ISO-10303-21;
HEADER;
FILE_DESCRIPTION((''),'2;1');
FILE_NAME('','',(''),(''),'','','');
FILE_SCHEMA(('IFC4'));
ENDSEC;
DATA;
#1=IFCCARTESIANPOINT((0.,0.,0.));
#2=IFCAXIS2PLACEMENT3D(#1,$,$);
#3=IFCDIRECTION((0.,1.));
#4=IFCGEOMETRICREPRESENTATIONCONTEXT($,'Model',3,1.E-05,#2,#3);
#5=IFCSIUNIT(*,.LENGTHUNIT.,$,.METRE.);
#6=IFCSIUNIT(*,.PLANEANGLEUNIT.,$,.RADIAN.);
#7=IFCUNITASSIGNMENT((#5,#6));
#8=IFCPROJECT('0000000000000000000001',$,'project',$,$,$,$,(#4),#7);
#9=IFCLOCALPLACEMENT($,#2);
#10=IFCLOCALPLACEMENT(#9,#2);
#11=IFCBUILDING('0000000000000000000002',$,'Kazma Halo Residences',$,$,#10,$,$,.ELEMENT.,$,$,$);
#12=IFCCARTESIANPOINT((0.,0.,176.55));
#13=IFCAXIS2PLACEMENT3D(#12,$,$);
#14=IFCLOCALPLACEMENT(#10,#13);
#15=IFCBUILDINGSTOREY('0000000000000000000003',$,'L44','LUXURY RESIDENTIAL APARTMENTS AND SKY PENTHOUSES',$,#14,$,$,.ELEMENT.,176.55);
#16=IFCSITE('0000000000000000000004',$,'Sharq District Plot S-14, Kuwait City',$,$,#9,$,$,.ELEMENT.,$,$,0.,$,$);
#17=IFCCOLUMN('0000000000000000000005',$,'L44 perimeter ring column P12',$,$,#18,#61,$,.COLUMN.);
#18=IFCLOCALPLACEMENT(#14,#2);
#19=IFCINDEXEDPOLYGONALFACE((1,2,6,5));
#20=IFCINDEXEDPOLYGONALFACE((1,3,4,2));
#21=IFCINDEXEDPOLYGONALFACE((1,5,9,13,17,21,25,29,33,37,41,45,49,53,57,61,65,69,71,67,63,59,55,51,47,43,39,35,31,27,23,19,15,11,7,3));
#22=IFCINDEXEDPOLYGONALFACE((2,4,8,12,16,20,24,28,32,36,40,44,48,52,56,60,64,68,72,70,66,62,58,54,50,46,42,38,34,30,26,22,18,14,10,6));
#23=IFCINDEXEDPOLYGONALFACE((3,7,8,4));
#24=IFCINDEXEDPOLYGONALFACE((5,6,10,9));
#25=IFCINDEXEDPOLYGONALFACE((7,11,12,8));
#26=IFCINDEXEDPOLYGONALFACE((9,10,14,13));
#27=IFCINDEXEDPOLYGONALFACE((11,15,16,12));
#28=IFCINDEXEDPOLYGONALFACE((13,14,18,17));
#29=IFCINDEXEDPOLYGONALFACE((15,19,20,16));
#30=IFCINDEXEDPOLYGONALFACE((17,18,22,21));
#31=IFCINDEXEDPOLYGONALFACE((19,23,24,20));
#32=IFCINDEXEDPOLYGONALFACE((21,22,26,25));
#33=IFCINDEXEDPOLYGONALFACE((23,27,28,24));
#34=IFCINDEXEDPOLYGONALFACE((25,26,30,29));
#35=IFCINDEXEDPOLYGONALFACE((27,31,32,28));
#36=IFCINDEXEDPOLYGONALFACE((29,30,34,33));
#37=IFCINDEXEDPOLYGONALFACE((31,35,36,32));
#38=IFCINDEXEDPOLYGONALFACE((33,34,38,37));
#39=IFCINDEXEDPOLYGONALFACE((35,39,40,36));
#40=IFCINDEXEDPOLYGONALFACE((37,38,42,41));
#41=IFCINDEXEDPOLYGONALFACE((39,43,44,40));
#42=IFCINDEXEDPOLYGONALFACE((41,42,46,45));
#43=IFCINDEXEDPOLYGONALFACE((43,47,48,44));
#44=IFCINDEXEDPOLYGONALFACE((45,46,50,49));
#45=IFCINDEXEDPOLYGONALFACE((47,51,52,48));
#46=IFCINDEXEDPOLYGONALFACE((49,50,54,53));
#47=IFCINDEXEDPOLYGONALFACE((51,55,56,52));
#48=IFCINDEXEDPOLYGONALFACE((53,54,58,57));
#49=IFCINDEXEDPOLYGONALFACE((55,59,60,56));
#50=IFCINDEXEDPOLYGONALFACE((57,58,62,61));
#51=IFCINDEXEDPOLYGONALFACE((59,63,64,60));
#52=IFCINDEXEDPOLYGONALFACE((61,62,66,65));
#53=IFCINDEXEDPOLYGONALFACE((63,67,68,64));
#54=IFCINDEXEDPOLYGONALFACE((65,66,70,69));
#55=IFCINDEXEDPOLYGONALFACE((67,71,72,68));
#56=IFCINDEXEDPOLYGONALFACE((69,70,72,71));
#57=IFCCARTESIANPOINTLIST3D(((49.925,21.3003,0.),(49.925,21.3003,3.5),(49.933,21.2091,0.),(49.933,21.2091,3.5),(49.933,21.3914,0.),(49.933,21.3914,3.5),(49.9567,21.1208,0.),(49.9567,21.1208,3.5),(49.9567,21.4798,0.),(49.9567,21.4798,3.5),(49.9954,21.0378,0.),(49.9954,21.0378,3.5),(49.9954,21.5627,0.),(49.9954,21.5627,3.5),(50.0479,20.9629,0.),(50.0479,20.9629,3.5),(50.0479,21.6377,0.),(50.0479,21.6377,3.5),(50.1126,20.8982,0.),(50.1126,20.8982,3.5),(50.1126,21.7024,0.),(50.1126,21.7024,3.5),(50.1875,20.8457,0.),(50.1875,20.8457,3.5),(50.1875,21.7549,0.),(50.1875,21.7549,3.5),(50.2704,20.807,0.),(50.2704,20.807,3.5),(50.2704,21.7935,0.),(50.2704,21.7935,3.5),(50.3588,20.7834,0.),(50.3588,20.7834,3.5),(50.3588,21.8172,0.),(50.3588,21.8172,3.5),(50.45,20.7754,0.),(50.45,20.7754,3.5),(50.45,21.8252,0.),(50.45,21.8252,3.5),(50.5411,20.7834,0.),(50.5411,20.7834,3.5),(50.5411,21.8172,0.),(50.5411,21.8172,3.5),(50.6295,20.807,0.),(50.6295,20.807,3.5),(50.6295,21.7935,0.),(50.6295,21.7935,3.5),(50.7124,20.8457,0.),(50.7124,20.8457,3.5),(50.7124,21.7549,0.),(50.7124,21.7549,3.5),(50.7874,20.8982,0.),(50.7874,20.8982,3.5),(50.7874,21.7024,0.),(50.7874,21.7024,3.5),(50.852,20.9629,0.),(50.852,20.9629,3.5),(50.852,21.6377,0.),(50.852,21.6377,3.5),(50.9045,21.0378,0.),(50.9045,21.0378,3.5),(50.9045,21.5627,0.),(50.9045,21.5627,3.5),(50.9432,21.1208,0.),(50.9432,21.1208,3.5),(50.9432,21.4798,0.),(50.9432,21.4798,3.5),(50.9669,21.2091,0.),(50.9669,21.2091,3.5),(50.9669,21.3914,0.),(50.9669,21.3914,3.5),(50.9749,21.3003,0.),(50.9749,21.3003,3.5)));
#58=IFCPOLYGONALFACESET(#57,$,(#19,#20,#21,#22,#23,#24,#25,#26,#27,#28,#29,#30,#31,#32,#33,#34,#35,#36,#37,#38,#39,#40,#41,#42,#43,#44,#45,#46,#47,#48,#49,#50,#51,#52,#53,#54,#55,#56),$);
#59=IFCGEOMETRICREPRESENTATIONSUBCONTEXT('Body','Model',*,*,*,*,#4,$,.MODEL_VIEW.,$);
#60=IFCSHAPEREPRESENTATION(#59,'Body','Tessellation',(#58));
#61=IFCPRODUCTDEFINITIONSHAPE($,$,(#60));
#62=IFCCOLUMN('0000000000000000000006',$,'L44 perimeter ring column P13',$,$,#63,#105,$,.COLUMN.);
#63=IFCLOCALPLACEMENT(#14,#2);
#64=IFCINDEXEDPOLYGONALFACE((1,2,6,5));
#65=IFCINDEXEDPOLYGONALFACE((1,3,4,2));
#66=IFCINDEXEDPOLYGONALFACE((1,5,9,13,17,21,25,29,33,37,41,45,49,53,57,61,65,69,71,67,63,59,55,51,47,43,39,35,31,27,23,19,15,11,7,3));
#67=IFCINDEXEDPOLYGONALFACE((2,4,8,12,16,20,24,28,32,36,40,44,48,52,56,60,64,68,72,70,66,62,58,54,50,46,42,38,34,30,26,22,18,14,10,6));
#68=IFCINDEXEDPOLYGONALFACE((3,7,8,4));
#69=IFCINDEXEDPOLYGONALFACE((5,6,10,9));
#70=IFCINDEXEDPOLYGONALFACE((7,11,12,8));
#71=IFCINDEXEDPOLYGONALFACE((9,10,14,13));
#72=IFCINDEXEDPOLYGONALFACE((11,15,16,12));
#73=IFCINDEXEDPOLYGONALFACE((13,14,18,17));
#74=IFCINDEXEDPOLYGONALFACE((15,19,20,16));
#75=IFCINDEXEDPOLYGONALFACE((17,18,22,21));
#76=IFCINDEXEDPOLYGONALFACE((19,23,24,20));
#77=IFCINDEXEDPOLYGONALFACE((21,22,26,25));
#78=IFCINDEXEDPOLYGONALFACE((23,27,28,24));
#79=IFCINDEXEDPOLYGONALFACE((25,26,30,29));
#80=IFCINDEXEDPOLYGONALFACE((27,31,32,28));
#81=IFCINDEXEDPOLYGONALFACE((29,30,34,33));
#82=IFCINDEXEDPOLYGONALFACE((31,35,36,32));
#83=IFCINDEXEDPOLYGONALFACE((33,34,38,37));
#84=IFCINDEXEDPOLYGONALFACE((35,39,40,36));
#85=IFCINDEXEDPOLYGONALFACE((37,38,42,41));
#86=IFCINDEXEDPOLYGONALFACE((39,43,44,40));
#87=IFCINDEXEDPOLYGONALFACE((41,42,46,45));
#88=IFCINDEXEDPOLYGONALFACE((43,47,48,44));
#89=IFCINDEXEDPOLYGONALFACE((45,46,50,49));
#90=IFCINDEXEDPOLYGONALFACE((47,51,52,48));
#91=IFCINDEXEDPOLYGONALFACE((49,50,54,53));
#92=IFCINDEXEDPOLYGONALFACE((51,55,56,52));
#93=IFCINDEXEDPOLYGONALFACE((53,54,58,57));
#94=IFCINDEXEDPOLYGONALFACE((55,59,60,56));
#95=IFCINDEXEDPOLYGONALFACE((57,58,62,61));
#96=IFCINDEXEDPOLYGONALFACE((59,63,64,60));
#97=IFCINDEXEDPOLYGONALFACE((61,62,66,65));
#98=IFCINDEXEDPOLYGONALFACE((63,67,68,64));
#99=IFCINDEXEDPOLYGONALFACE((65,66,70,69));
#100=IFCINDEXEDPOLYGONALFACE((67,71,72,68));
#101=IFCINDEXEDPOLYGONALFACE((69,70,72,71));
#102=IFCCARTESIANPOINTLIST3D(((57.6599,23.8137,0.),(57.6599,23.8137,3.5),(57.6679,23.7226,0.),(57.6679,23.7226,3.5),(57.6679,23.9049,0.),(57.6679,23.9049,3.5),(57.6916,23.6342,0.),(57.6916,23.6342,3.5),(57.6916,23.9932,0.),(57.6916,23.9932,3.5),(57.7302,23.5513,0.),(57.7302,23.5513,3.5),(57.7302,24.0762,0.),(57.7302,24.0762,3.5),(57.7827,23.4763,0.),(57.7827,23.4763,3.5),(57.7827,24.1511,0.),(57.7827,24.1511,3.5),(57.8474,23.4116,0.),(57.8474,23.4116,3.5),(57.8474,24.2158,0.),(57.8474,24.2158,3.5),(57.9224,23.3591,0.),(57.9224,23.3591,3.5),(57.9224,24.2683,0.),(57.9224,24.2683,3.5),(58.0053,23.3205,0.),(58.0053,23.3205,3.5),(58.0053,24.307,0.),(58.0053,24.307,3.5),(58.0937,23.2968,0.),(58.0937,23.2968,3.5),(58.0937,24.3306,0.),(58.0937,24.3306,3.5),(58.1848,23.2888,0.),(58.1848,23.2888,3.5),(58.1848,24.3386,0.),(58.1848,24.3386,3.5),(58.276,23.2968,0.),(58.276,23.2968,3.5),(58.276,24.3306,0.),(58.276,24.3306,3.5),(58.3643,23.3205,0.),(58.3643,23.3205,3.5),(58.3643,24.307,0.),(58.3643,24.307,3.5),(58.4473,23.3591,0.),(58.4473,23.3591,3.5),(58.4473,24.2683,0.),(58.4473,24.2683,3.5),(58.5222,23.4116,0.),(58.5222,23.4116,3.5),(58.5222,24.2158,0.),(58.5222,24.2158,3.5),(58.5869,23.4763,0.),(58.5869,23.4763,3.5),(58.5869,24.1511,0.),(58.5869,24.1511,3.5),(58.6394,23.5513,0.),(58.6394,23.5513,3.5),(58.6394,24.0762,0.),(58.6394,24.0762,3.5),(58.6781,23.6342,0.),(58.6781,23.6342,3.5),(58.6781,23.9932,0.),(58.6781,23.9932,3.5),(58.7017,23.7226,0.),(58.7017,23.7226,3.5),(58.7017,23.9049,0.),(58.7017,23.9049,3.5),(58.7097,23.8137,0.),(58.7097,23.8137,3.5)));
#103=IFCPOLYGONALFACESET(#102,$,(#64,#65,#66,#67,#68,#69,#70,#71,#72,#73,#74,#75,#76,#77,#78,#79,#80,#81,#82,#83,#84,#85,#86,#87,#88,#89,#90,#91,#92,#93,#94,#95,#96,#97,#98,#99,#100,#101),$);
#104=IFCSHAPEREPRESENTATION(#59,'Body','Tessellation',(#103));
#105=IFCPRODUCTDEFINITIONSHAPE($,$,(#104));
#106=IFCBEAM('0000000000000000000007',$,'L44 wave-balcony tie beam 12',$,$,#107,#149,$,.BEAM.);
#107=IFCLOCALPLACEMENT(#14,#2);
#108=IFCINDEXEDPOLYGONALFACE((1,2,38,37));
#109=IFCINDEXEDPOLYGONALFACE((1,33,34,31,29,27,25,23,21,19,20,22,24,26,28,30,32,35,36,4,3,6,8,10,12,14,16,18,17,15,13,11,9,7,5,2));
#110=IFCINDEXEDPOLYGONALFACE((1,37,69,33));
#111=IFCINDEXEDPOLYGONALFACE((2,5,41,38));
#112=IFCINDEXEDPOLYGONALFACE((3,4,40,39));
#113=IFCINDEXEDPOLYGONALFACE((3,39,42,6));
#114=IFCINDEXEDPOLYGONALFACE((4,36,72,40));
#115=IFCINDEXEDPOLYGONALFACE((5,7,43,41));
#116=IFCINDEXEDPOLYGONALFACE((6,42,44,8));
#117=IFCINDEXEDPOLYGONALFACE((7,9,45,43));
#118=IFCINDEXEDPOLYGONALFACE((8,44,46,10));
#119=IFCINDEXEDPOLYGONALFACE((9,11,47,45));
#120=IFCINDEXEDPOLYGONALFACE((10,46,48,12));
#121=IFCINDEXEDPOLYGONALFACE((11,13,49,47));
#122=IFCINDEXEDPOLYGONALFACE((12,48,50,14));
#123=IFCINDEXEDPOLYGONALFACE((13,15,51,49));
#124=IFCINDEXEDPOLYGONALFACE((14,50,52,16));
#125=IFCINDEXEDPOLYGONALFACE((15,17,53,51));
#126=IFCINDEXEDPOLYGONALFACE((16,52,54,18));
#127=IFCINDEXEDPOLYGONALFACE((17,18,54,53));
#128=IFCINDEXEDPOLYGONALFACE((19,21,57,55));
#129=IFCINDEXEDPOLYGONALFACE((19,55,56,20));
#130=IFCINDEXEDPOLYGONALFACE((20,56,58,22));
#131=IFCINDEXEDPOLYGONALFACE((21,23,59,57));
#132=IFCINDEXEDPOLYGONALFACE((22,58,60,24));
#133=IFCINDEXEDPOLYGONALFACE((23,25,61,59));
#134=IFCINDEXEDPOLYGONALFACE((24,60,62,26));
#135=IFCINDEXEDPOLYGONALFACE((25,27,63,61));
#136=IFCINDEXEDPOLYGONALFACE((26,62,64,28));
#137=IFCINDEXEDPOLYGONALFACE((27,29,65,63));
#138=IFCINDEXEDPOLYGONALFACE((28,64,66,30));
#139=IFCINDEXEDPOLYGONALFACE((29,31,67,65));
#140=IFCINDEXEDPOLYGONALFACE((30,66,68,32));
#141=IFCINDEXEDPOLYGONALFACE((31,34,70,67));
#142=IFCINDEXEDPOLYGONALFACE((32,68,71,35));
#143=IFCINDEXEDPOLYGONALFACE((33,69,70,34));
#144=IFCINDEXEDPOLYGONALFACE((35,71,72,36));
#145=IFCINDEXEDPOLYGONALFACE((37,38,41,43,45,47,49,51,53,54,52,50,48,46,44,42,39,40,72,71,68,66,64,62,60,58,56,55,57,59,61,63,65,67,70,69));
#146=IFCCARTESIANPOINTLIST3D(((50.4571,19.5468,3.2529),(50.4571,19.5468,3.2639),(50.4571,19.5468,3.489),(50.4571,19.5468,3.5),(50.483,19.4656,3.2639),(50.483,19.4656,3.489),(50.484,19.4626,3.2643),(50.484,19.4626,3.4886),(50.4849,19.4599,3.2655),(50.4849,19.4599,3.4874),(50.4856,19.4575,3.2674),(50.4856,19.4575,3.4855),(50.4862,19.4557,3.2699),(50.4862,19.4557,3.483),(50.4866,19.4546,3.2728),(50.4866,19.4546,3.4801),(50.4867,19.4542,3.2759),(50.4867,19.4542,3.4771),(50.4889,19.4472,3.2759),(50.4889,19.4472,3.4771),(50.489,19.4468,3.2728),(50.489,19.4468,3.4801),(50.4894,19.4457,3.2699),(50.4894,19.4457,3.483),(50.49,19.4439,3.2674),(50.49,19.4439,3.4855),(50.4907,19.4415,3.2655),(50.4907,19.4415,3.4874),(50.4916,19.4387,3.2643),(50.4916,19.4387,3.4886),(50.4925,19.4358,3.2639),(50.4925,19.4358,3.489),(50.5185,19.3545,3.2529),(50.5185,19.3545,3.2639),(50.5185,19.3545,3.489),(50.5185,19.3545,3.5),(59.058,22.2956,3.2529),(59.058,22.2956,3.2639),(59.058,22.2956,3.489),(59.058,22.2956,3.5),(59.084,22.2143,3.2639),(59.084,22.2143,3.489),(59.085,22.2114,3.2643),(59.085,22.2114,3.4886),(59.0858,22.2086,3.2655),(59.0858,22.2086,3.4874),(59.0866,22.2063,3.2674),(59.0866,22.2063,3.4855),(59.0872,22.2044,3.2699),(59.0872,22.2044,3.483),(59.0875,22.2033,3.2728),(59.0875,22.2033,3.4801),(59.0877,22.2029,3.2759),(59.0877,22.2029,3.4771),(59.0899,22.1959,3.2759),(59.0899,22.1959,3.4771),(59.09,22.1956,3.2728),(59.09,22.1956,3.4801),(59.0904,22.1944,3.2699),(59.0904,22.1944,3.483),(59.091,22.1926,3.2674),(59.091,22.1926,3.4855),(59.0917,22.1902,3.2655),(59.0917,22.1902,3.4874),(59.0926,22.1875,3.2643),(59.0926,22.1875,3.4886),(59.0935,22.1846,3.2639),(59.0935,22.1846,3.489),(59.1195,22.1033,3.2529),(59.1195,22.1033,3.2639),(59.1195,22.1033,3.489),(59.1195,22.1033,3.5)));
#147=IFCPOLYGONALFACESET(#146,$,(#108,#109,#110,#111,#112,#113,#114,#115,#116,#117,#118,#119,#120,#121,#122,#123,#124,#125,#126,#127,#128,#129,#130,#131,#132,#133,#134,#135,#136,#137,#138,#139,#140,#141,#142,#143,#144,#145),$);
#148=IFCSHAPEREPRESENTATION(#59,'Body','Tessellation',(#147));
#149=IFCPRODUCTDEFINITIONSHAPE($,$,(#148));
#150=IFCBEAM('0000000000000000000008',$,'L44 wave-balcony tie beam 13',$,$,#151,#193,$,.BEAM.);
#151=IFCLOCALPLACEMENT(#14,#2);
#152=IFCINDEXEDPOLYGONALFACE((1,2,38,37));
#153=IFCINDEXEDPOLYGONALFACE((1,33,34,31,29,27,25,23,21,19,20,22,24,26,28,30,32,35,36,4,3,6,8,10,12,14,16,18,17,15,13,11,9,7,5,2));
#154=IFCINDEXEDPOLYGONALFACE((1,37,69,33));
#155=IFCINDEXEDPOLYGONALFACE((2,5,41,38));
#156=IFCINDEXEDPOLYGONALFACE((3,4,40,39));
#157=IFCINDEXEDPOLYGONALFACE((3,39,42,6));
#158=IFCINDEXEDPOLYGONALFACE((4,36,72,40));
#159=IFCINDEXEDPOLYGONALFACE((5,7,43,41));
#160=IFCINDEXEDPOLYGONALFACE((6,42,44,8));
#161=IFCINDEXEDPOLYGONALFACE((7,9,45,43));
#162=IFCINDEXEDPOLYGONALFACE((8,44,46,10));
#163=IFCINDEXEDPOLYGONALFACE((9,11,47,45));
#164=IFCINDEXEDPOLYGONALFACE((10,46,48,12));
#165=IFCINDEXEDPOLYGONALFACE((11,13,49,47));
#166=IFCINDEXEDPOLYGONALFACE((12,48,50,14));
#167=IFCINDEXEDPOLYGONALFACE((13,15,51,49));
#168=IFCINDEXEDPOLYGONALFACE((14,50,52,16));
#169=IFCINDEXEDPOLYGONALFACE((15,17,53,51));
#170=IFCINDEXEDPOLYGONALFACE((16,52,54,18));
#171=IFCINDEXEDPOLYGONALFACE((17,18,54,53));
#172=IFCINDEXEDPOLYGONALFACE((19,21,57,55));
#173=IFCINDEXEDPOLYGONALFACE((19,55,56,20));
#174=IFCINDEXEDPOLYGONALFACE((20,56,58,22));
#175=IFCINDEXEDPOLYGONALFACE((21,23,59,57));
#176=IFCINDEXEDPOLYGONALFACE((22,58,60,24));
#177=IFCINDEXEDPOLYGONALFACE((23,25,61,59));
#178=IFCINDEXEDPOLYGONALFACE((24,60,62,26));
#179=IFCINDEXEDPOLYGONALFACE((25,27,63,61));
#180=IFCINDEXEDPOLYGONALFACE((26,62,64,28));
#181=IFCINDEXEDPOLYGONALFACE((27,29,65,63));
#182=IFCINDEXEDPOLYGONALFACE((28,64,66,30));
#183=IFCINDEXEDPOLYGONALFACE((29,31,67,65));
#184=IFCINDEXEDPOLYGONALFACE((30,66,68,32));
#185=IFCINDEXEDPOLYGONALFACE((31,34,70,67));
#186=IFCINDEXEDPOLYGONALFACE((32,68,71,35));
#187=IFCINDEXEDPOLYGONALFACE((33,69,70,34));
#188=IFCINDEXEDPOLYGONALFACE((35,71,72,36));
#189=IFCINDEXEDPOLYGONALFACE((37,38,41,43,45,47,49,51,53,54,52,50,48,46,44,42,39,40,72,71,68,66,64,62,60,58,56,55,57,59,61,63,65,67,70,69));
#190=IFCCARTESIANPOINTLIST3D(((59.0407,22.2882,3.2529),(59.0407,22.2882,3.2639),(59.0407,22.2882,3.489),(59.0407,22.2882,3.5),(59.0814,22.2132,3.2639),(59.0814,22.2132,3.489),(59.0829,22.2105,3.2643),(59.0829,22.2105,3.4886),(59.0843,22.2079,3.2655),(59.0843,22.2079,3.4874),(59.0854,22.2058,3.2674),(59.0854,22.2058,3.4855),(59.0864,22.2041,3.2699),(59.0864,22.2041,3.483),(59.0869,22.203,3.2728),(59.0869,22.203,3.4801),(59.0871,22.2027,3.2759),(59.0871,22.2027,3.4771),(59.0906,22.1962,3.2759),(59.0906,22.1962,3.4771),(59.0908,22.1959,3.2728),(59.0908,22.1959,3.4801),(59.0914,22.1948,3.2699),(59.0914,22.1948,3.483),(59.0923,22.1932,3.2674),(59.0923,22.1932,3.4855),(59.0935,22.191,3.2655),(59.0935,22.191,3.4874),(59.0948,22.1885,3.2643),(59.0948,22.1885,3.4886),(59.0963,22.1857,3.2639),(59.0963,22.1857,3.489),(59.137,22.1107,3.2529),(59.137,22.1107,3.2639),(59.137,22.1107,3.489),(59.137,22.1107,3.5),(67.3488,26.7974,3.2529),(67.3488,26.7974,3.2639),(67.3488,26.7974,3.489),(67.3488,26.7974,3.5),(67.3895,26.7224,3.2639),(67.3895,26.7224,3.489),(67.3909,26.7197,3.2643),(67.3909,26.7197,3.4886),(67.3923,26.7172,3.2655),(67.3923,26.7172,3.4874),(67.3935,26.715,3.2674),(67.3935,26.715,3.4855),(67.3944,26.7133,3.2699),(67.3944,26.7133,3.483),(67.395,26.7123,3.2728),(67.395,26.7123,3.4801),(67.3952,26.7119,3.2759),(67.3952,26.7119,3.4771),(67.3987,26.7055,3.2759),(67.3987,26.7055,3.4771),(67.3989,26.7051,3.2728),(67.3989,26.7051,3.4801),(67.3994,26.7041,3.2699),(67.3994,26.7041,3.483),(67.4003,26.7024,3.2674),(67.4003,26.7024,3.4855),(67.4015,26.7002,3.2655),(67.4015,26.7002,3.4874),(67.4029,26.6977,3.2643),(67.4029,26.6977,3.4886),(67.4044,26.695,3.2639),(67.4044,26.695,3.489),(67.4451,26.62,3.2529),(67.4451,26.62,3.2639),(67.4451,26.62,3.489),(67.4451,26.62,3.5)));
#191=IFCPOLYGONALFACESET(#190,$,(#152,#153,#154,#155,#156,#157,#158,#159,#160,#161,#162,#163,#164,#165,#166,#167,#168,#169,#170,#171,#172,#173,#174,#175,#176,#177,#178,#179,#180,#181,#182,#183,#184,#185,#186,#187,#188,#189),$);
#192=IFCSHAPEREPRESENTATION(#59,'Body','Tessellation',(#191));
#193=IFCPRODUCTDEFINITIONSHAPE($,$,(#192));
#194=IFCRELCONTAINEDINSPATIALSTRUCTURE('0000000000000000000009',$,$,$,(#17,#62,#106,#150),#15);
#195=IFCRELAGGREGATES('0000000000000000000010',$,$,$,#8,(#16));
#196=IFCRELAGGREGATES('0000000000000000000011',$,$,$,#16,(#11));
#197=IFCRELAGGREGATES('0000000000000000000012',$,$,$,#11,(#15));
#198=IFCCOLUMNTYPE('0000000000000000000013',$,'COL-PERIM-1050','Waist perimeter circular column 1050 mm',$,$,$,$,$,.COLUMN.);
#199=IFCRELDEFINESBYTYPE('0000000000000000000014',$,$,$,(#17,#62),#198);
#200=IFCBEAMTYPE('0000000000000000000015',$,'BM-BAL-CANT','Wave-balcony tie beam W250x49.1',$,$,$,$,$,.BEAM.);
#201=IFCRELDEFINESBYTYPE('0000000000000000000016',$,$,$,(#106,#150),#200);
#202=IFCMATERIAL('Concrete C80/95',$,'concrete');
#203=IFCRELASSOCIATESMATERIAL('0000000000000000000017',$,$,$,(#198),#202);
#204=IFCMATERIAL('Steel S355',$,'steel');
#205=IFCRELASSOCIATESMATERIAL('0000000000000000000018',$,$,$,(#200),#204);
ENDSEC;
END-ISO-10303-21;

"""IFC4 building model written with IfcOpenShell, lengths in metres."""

from ifc_helpers import new_model, si_unit, direction, frame, origin, origin_2d, place, context, subcontext, project, spatial, circle, i_section, extrude, material, material_profile, profile_set, type_object, element, save


model = new_model("IFC4")

# Units and contexts
model_context = context("Model", 3, precision=1e-05, world=origin(), true_north=direction((0.0, 1.0)))
body_context = subcontext(model_context, "Body", "Model", "MODEL_VIEW")
ifc_project = project(units=[si_unit("LENGTHUNIT", "METRE"), si_unit("PLANEANGLEUNIT", "RADIAN")], contexts=[model_context])

# Site, building, storey
site_placement = place(None, origin())
site = spatial("IfcSite", under=ifc_project, at=site_placement, Name="Sharq District Plot S-14, Kuwait City", CompositionType="ELEMENT", RefElevation=0.0)
building_placement = place(site_placement, origin())
building = spatial("IfcBuilding", under=site, at=building_placement, Name="Kazma Halo Residences", CompositionType="ELEMENT")
storey_placement = place(building_placement, frame((0.0, 0.0, 176.55)))
storey = spatial("IfcBuildingStorey", under=building, at=storey_placement, Name="L44", Description="LUXURY RESIDENTIAL APARTMENTS AND SKY PENTHOUSES", CompositionType="ELEMENT", Elevation=176.55)

# Columns
ifc_material_1 = material(Name="Concrete C80/95", Category="concrete")
ifc_material_profile_1 = material_profile(ifc_material_1, circle(Radius=0.5249, at=origin_2d()), Name="CIRC1050")
ifc_profile_set_1 = profile_set([ifc_material_profile_1], Name="Concrete C80/95")
column_type = type_object("IfcColumnType", Name="COL-PERIM-1050", Description="Waist perimeter circular column 1050 mm", PredefinedType="COLUMN", material=ifc_profile_set_1)
for number, where, z_axis, x_axis, name in (
    (1, (50.45, 21.3003, 0.0), (0.0, 0.0, 1.0), (1.0, 0.0, 0.0), "L44 perimeter ring column P12"),
    (2, (58.1848, 23.8137, 0.0), (0.0, 0.0, 1.0), (1.0, 0.0, 0.0), "L44 perimeter ring column P13"),
):
    element("IfcColumn", number, at=place(storey_placement, frame(where, z_axis=z_axis, x_axis=x_axis)), inside=storey, type_object=column_type, Name=name, PredefinedType="COLUMN", context=body_context, shape_type="SweptSolid", body=[
        extrude(circle(Radius=0.5249, at=origin_2d()), origin(), (0.0, 0.0, 1.0), 3.5),
    ])

# Beams
ifc_material_2 = material(Name="Steel S355", Category="steel")
ifc_material_profile_2 = material_profile(ifc_material_2, i_section(OverallWidth=0.2019, OverallDepth=0.2471, WebThickness=0.0073, FlangeThickness=0.011, FilletRadius=0.012, at=origin_2d()), Name="W250x49.1")
ifc_profile_set_2 = profile_set([ifc_material_profile_2], Name="Steel S355")
beam_type_1 = type_object("IfcBeamType", Name="BM-BAL-CANT", Description="Wave-balcony tie beam W250x49.1", PredefinedType="BEAM", material=ifc_profile_set_2)
beam_1_placement = place(storey_placement, frame((50.4878, 19.4507, 3.3765), z_axis=(0.952539, 0.304418, 0.0), x_axis=(-0.304418, 0.952539, 0.0)))
element("IfcBeam", 3, at=beam_1_placement, inside=storey, type_object=beam_type_1, Name="L44 wave-balcony tie beam 12", PredefinedType="BEAM", context=body_context, shape_type="SweptSolid", body=[
    extrude(i_section(OverallWidth=0.2019, OverallDepth=0.2471, WebThickness=0.0073, FlangeThickness=0.011, FilletRadius=0.012, at=origin_2d()), origin(), (0.0, 0.0, 1.0), 9.0295),
])
beam_2_placement = place(storey_placement, frame((59.0889, 22.1995, 3.3765), z_axis=(0.878891, 0.477023, 0.0), x_axis=(-0.477023, 0.878891, 0.0)))
element("IfcBeam", 4, at=beam_2_placement, inside=storey, type_object=beam_type_1, Name="L44 wave-balcony tie beam 13", PredefinedType="BEAM", context=body_context, shape_type="SweptSolid", body=[
    extrude(i_section(OverallWidth=0.2019, OverallDepth=0.2471, WebThickness=0.0073, FlangeThickness=0.011, FilletRadius=0.012, at=origin_2d()), origin(), (0.0, 0.0, 1.0), 9.4529),
])

save(model, "model.ifc")
